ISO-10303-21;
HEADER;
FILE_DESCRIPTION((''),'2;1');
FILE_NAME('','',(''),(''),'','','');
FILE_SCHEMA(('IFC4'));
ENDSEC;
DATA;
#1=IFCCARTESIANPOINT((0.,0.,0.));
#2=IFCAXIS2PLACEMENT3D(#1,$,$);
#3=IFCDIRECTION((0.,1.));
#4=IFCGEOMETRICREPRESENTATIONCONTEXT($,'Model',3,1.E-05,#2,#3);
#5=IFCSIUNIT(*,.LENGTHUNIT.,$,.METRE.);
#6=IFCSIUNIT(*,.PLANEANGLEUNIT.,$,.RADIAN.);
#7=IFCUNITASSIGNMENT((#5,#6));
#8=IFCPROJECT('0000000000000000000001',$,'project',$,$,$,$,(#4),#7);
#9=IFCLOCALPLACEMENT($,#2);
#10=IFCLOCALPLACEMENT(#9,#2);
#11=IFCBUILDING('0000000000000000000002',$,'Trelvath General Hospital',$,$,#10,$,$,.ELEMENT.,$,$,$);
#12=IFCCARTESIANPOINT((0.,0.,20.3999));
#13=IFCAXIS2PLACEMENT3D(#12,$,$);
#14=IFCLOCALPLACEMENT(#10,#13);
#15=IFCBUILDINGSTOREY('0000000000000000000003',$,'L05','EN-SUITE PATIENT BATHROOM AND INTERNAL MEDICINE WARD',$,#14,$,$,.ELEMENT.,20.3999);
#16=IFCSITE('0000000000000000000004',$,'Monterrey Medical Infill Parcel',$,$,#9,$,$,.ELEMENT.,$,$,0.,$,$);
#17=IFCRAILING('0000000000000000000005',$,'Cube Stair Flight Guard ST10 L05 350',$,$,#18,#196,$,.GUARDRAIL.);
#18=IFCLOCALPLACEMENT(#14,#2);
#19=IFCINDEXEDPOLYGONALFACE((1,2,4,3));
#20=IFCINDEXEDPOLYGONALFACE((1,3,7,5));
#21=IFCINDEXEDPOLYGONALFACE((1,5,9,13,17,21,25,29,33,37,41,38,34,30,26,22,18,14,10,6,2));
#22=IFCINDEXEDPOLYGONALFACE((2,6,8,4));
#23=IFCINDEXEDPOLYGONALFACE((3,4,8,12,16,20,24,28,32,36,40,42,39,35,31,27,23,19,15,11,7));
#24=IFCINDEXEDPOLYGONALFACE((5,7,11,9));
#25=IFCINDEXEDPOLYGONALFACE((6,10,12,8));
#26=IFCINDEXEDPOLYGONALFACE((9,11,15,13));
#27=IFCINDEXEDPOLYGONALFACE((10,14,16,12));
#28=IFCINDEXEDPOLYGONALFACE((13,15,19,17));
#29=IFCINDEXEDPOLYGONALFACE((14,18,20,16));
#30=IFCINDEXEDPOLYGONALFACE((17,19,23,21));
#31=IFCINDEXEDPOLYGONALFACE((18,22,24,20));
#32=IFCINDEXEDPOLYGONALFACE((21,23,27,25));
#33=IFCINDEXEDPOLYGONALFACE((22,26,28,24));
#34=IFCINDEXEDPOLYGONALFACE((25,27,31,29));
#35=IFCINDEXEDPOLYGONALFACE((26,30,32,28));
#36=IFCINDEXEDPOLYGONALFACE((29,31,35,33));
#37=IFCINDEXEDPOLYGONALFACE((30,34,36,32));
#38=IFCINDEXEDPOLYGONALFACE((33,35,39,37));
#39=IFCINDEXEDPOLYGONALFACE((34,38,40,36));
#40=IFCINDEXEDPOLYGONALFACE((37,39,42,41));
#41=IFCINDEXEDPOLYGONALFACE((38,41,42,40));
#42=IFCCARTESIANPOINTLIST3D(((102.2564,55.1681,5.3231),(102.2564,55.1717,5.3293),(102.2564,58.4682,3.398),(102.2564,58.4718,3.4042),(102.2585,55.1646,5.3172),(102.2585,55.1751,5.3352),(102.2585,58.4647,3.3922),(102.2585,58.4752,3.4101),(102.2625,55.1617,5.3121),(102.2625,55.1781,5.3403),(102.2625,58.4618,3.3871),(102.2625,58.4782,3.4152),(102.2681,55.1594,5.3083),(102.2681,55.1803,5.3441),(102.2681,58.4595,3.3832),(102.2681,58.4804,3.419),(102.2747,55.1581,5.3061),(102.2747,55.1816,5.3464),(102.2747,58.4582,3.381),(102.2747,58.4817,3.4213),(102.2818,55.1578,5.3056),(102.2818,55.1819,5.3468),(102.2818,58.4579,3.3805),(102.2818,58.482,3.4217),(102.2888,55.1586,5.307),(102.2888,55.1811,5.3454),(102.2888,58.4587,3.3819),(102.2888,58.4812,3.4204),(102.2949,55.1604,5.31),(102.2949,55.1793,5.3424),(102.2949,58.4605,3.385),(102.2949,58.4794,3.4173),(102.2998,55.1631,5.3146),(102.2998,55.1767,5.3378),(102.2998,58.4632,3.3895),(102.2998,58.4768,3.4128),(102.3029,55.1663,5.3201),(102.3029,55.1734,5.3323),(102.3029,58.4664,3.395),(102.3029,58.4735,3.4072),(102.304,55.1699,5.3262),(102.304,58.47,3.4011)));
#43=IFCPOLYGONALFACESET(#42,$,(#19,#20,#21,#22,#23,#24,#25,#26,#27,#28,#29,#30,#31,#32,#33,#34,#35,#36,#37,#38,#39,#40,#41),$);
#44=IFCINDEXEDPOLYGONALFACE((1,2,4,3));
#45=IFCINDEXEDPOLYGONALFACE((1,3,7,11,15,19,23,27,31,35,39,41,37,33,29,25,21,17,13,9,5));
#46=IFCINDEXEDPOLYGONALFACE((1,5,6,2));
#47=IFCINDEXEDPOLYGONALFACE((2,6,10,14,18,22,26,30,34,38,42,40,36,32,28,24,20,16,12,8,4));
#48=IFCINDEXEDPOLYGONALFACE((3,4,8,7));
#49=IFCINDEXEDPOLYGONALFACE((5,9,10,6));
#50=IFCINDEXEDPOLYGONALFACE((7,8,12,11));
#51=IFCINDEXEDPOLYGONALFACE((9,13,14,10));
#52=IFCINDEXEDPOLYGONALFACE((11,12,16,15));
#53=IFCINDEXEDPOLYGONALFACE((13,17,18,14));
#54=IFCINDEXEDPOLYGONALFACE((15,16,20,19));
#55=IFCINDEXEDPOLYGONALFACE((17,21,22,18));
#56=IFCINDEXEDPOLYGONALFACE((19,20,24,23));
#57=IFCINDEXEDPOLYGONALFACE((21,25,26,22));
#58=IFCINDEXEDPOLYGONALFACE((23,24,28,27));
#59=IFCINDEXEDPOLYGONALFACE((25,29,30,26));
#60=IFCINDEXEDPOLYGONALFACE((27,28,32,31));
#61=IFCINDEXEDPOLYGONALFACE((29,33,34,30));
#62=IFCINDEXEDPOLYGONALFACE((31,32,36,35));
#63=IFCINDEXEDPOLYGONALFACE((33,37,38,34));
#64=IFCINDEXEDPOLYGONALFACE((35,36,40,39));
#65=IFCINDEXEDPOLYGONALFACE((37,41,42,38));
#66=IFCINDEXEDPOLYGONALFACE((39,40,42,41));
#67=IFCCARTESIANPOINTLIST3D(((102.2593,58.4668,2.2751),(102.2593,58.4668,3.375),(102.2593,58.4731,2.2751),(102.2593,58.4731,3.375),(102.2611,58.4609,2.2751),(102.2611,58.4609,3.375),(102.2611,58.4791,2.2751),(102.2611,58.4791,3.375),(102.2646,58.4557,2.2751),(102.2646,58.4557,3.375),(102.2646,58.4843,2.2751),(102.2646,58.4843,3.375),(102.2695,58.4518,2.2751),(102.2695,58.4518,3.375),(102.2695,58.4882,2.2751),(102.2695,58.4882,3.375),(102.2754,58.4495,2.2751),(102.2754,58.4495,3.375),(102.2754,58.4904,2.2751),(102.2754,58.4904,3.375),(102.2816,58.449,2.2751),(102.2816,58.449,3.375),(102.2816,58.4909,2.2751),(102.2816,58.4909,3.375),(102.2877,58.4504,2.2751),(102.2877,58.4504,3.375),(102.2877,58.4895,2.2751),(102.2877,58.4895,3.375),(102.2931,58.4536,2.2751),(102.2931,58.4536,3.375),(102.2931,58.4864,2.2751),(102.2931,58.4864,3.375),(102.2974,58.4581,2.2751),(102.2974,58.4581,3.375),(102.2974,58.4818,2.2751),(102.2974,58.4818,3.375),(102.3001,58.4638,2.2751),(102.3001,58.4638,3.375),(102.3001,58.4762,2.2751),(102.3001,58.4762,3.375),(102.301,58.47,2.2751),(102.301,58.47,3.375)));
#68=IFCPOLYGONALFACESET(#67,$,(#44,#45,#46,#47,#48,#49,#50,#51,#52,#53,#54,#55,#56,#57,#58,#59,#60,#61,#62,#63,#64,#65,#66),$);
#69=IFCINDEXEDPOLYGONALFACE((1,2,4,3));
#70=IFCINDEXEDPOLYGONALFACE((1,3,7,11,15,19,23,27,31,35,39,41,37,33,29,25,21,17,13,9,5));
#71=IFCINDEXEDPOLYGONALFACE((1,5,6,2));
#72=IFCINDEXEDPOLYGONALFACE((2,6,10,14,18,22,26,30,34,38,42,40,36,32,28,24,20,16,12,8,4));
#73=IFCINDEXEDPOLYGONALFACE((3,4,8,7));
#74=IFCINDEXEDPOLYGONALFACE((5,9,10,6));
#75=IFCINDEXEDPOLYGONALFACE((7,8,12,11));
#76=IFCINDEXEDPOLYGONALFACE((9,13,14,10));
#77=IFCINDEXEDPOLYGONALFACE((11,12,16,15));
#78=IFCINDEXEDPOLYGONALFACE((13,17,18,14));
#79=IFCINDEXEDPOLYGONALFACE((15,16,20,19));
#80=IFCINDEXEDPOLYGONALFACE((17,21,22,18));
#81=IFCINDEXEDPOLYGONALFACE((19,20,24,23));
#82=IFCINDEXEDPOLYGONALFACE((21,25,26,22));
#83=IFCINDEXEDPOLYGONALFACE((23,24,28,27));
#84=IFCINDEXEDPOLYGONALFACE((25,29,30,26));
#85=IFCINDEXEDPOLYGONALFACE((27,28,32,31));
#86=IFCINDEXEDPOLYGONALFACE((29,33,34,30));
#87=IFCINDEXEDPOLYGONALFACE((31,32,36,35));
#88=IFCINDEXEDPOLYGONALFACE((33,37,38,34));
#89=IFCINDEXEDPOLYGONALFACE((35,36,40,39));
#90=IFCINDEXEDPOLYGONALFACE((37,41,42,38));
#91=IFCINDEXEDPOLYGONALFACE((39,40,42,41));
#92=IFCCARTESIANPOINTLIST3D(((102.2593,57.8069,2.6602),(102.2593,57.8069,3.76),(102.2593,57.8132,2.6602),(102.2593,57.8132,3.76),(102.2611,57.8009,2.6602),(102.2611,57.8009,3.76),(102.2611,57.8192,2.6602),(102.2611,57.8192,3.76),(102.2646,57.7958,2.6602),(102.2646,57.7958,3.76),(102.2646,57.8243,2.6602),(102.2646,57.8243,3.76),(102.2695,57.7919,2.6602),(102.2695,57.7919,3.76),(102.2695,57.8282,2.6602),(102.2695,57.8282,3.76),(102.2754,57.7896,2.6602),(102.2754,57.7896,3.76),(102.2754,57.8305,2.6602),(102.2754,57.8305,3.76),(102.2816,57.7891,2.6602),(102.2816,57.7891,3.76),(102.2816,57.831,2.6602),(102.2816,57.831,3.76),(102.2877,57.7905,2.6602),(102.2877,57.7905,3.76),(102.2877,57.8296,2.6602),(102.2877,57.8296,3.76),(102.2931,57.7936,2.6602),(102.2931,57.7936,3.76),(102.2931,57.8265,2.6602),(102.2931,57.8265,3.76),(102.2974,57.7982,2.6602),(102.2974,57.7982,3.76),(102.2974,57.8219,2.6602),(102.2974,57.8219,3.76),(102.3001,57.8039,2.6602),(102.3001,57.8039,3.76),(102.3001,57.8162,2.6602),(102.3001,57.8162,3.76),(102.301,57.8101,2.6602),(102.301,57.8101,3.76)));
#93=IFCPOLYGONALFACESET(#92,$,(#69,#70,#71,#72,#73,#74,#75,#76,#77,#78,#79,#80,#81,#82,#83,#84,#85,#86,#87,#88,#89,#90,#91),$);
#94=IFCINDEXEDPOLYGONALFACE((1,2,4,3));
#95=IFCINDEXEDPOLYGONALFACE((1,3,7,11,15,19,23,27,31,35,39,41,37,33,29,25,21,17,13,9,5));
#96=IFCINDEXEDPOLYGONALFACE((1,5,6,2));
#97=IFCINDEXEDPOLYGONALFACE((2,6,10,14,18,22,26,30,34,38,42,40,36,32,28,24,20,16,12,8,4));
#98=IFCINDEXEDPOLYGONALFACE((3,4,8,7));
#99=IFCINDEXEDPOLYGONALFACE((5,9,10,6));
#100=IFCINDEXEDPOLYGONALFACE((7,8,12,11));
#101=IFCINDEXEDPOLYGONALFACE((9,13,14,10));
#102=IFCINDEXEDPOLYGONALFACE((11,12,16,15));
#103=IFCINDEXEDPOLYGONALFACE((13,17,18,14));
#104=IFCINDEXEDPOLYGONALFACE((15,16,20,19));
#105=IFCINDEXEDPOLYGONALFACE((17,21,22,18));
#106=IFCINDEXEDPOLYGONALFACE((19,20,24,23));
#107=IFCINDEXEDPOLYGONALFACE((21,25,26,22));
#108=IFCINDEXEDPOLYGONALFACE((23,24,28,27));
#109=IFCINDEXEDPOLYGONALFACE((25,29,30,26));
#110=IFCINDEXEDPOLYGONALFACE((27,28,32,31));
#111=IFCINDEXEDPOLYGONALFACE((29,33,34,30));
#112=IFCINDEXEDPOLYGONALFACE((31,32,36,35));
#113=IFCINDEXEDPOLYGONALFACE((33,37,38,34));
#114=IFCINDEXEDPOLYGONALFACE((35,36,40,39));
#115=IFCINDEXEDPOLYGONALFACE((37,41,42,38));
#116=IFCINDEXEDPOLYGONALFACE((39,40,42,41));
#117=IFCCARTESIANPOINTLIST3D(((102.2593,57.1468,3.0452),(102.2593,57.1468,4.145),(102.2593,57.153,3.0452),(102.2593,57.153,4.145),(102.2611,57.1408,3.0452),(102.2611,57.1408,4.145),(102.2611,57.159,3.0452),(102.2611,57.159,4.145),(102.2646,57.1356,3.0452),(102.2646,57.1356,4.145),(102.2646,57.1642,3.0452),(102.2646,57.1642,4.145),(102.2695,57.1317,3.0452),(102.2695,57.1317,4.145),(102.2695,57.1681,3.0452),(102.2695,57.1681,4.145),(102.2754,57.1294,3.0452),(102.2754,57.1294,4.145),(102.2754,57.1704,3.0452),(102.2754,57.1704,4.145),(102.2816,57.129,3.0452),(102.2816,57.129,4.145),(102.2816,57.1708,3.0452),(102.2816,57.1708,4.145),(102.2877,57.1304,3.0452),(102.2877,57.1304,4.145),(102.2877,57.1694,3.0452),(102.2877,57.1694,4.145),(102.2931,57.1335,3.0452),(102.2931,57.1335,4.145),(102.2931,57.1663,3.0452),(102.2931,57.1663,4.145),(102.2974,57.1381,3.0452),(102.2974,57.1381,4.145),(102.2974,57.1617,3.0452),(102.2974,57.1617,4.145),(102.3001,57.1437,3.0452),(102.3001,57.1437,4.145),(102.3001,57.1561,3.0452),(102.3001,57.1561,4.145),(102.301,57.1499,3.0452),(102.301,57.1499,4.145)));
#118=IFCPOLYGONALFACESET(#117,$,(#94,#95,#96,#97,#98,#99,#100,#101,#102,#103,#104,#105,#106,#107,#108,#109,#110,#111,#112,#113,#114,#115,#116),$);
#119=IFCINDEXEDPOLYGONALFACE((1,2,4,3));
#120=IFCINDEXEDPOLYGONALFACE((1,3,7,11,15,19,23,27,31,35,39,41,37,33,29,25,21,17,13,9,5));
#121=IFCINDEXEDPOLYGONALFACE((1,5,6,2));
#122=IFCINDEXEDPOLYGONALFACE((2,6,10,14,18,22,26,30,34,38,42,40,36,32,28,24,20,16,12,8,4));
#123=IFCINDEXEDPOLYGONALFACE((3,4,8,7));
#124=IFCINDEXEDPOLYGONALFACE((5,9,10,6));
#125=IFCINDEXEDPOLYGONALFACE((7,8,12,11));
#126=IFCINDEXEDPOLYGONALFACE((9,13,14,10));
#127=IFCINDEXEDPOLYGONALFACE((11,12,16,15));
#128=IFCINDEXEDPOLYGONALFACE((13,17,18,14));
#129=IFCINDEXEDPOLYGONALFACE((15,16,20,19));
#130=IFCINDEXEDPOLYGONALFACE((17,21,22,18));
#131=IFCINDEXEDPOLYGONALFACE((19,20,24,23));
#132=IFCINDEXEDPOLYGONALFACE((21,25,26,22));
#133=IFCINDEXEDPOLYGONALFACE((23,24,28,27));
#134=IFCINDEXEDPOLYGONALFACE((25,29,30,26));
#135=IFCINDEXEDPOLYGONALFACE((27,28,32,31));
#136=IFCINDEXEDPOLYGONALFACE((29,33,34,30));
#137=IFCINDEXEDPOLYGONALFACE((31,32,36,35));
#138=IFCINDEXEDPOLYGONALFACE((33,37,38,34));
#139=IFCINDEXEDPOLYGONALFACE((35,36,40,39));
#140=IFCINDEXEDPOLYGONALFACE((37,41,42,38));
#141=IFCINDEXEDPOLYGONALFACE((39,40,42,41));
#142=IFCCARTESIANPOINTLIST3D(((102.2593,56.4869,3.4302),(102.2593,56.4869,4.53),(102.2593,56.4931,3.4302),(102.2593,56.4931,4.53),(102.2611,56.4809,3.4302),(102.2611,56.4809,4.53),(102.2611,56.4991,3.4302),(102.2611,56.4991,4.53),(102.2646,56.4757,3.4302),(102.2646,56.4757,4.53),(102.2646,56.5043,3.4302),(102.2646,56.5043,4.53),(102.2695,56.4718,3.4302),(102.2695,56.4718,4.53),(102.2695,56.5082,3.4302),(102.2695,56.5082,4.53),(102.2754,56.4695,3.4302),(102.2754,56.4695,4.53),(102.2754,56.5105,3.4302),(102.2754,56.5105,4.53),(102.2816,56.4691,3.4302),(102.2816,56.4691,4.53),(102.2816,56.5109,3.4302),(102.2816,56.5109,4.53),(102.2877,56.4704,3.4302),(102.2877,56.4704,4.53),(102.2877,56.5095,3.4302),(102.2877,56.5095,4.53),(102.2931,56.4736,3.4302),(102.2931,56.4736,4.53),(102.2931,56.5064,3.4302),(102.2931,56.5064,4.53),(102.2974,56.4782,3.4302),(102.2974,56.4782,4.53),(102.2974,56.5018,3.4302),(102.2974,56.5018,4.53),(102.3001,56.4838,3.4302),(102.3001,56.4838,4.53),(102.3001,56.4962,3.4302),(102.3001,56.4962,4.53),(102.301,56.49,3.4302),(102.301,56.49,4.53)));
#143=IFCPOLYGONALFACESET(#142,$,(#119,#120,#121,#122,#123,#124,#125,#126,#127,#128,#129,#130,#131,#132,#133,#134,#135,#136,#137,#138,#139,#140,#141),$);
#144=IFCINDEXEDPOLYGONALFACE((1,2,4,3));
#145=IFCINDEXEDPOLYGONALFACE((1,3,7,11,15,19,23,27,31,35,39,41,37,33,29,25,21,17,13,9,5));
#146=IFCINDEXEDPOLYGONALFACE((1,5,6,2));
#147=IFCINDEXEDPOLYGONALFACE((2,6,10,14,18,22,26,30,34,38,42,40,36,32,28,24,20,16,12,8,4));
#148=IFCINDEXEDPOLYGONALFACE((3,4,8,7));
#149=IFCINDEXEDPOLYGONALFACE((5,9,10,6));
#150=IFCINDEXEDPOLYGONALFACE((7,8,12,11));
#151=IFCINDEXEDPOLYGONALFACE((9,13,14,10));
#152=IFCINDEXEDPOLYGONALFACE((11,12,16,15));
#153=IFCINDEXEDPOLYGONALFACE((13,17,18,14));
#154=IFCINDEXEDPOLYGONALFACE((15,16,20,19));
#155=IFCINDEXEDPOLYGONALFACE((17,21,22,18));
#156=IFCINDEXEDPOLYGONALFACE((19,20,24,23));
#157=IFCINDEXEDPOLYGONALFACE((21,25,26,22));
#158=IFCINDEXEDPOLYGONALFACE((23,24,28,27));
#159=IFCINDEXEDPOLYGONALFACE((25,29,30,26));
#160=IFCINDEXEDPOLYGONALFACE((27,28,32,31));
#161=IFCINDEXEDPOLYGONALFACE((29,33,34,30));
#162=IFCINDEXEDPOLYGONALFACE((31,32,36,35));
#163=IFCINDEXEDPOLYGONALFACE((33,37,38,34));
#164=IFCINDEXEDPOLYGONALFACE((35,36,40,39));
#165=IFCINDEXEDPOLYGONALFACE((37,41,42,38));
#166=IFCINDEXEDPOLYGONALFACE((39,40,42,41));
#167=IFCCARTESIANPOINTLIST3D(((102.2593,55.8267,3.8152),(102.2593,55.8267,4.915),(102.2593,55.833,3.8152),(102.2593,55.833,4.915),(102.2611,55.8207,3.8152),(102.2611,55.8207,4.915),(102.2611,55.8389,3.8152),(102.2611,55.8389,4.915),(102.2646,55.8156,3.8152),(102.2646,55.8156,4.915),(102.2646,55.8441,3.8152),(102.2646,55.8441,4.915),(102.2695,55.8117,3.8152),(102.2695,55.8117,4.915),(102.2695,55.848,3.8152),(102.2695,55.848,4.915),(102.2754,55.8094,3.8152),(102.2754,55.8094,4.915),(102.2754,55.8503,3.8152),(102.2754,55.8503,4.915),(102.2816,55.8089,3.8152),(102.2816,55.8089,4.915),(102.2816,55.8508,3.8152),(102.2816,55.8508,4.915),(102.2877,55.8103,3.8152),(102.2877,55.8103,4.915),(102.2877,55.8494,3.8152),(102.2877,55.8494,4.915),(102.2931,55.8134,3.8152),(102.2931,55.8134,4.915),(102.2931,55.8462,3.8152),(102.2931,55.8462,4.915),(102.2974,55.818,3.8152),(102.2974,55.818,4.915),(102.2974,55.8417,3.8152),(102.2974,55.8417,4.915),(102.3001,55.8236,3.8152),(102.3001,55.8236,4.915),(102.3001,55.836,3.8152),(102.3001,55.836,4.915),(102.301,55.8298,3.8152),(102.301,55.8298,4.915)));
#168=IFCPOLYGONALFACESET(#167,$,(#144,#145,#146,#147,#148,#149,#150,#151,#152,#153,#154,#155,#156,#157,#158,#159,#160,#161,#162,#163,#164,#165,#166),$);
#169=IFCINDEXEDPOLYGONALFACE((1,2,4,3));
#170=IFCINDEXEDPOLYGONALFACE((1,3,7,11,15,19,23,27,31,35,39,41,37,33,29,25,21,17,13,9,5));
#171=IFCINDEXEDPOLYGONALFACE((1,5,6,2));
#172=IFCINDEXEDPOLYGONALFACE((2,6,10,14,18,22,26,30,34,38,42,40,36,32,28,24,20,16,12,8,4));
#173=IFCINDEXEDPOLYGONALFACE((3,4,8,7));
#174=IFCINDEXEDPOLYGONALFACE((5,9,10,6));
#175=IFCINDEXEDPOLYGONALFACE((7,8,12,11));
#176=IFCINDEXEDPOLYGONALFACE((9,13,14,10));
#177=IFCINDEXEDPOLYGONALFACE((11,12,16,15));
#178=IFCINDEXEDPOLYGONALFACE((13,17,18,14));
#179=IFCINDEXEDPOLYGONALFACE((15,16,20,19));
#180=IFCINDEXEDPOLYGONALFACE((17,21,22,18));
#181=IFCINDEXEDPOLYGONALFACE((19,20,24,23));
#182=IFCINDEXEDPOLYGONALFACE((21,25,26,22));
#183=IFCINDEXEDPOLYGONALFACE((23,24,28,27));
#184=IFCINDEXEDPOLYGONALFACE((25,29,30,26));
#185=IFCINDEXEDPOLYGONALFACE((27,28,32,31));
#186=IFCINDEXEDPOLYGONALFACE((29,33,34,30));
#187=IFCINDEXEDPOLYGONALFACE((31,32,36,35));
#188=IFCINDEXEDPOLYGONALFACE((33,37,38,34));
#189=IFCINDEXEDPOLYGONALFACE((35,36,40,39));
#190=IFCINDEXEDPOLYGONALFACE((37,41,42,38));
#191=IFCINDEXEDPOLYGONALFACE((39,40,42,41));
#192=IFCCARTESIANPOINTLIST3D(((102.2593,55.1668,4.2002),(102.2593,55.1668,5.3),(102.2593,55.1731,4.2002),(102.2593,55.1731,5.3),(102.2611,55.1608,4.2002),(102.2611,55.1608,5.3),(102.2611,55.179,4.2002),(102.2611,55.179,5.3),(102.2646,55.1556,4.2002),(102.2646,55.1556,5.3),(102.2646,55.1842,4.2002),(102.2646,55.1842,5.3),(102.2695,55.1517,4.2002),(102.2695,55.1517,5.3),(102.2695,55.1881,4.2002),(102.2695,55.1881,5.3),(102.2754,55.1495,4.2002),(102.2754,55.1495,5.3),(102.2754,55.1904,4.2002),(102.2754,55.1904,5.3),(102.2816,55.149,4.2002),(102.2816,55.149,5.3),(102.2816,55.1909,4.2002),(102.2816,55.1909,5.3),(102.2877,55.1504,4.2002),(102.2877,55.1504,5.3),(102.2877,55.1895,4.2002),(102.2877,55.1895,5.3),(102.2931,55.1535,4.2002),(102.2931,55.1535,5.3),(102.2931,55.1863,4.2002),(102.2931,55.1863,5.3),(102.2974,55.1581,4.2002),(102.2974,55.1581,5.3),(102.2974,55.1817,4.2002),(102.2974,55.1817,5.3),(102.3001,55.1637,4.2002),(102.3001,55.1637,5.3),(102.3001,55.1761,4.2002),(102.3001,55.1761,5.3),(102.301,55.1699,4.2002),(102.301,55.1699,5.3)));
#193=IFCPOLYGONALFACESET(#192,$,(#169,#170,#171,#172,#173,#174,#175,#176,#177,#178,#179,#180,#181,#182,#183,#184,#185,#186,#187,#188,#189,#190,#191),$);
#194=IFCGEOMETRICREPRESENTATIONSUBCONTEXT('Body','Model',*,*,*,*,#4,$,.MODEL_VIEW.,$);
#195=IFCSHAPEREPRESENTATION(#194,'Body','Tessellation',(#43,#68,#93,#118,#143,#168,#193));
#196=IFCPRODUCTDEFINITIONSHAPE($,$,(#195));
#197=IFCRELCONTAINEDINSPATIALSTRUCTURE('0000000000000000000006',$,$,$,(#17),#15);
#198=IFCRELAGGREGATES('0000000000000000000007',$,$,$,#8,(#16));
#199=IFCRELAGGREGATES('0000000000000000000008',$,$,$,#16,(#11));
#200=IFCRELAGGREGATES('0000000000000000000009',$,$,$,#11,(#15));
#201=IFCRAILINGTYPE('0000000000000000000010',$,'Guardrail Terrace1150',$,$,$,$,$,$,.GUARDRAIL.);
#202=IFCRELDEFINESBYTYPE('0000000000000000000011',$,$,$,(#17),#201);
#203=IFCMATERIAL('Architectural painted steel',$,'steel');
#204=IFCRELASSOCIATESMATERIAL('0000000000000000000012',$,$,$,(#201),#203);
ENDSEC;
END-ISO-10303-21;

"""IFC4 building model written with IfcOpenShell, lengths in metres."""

from ifc_helpers import new_model, si_unit, direction, frame, origin, origin_2d, place, context, subcontext, project, spatial, circle, extrude, material, type_object, element, save


model = new_model("IFC4")

# Units and contexts
model_context = context("Model", 3, precision=1e-05, world=origin(), true_north=direction((0.0, 1.0)))
body_context = subcontext(model_context, "Body", "Model", "MODEL_VIEW")
ifc_project = project(units=[si_unit("LENGTHUNIT", "METRE"), si_unit("PLANEANGLEUNIT", "RADIAN")], contexts=[model_context])

# Site, building, storey
site_placement = place(None, origin())
site = spatial("IfcSite", under=ifc_project, at=site_placement, Name="Monterrey Medical Infill Parcel", CompositionType="ELEMENT", RefElevation=0.0)
building_placement = place(site_placement, origin())
building = spatial("IfcBuilding", under=site, at=building_placement, Name="Trelvath General Hospital", CompositionType="ELEMENT")
storey_placement = place(building_placement, frame((0.0, 0.0, 20.3999)))
storey = spatial("IfcBuildingStorey", under=building, at=storey_placement, Name="L05", Description="EN-SUITE PATIENT BATHROOM AND INTERNAL MEDICINE WARD", CompositionType="ELEMENT", Elevation=20.3999)

# Railing
ifc_material_1 = material(Name="Architectural painted steel", Category="steel")
railing_type = type_object("IfcRailingType", Name="Guardrail Terrace1150", PredefinedType="GUARDRAIL", material=ifc_material_1)
for number, where, name in (
    (1, (102.28, 58.47, 2.2751), "Cube Stair Flight Guard ST10 L05 350"),
):
    element("IfcRailing", number, at=place(storey_placement, frame(where)), inside=storey, type_object=railing_type, Name=name, PredefinedType="GUARDRAIL", context=body_context, shape_type="SweptSolid", body=[
        extrude(circle(Radius=0.0239, at=origin_2d()), frame((0.0, 0.0, 1.126), z_axis=(0.0, -0.863777, 0.503875), x_axis=(1.0, 0.0, 0.0)), (0.0, 0.0, 1.0), 3.8206),
        extrude(circle(Radius=0.021, at=origin_2d()), origin(), (0.0, 0.0, 1.0), 1.0999),
        extrude(circle(Radius=0.021, at=origin_2d()), frame((0.0, -0.6599, 0.385)), (0.0, 0.0, 1.0), 1.0999),
        extrude(circle(Radius=0.021, at=origin_2d()), frame((0.0, -1.3201, 0.77)), (0.0, 0.0, 1.0), 1.0999),
        extrude(circle(Radius=0.021, at=origin_2d()), frame((0.0, -1.98, 1.155)), (0.0, 0.0, 1.0), 1.0999),
        extrude(circle(Radius=0.021, at=origin_2d()), frame((0.0, -2.6401, 1.54)), (0.0, 0.0, 1.0), 1.0999),
        extrude(circle(Radius=0.021, at=origin_2d()), frame((0.0, -3.3, 1.925)), (0.0, 0.0, 1.0), 1.0999),
    ])

save(model, "model.ifc")
